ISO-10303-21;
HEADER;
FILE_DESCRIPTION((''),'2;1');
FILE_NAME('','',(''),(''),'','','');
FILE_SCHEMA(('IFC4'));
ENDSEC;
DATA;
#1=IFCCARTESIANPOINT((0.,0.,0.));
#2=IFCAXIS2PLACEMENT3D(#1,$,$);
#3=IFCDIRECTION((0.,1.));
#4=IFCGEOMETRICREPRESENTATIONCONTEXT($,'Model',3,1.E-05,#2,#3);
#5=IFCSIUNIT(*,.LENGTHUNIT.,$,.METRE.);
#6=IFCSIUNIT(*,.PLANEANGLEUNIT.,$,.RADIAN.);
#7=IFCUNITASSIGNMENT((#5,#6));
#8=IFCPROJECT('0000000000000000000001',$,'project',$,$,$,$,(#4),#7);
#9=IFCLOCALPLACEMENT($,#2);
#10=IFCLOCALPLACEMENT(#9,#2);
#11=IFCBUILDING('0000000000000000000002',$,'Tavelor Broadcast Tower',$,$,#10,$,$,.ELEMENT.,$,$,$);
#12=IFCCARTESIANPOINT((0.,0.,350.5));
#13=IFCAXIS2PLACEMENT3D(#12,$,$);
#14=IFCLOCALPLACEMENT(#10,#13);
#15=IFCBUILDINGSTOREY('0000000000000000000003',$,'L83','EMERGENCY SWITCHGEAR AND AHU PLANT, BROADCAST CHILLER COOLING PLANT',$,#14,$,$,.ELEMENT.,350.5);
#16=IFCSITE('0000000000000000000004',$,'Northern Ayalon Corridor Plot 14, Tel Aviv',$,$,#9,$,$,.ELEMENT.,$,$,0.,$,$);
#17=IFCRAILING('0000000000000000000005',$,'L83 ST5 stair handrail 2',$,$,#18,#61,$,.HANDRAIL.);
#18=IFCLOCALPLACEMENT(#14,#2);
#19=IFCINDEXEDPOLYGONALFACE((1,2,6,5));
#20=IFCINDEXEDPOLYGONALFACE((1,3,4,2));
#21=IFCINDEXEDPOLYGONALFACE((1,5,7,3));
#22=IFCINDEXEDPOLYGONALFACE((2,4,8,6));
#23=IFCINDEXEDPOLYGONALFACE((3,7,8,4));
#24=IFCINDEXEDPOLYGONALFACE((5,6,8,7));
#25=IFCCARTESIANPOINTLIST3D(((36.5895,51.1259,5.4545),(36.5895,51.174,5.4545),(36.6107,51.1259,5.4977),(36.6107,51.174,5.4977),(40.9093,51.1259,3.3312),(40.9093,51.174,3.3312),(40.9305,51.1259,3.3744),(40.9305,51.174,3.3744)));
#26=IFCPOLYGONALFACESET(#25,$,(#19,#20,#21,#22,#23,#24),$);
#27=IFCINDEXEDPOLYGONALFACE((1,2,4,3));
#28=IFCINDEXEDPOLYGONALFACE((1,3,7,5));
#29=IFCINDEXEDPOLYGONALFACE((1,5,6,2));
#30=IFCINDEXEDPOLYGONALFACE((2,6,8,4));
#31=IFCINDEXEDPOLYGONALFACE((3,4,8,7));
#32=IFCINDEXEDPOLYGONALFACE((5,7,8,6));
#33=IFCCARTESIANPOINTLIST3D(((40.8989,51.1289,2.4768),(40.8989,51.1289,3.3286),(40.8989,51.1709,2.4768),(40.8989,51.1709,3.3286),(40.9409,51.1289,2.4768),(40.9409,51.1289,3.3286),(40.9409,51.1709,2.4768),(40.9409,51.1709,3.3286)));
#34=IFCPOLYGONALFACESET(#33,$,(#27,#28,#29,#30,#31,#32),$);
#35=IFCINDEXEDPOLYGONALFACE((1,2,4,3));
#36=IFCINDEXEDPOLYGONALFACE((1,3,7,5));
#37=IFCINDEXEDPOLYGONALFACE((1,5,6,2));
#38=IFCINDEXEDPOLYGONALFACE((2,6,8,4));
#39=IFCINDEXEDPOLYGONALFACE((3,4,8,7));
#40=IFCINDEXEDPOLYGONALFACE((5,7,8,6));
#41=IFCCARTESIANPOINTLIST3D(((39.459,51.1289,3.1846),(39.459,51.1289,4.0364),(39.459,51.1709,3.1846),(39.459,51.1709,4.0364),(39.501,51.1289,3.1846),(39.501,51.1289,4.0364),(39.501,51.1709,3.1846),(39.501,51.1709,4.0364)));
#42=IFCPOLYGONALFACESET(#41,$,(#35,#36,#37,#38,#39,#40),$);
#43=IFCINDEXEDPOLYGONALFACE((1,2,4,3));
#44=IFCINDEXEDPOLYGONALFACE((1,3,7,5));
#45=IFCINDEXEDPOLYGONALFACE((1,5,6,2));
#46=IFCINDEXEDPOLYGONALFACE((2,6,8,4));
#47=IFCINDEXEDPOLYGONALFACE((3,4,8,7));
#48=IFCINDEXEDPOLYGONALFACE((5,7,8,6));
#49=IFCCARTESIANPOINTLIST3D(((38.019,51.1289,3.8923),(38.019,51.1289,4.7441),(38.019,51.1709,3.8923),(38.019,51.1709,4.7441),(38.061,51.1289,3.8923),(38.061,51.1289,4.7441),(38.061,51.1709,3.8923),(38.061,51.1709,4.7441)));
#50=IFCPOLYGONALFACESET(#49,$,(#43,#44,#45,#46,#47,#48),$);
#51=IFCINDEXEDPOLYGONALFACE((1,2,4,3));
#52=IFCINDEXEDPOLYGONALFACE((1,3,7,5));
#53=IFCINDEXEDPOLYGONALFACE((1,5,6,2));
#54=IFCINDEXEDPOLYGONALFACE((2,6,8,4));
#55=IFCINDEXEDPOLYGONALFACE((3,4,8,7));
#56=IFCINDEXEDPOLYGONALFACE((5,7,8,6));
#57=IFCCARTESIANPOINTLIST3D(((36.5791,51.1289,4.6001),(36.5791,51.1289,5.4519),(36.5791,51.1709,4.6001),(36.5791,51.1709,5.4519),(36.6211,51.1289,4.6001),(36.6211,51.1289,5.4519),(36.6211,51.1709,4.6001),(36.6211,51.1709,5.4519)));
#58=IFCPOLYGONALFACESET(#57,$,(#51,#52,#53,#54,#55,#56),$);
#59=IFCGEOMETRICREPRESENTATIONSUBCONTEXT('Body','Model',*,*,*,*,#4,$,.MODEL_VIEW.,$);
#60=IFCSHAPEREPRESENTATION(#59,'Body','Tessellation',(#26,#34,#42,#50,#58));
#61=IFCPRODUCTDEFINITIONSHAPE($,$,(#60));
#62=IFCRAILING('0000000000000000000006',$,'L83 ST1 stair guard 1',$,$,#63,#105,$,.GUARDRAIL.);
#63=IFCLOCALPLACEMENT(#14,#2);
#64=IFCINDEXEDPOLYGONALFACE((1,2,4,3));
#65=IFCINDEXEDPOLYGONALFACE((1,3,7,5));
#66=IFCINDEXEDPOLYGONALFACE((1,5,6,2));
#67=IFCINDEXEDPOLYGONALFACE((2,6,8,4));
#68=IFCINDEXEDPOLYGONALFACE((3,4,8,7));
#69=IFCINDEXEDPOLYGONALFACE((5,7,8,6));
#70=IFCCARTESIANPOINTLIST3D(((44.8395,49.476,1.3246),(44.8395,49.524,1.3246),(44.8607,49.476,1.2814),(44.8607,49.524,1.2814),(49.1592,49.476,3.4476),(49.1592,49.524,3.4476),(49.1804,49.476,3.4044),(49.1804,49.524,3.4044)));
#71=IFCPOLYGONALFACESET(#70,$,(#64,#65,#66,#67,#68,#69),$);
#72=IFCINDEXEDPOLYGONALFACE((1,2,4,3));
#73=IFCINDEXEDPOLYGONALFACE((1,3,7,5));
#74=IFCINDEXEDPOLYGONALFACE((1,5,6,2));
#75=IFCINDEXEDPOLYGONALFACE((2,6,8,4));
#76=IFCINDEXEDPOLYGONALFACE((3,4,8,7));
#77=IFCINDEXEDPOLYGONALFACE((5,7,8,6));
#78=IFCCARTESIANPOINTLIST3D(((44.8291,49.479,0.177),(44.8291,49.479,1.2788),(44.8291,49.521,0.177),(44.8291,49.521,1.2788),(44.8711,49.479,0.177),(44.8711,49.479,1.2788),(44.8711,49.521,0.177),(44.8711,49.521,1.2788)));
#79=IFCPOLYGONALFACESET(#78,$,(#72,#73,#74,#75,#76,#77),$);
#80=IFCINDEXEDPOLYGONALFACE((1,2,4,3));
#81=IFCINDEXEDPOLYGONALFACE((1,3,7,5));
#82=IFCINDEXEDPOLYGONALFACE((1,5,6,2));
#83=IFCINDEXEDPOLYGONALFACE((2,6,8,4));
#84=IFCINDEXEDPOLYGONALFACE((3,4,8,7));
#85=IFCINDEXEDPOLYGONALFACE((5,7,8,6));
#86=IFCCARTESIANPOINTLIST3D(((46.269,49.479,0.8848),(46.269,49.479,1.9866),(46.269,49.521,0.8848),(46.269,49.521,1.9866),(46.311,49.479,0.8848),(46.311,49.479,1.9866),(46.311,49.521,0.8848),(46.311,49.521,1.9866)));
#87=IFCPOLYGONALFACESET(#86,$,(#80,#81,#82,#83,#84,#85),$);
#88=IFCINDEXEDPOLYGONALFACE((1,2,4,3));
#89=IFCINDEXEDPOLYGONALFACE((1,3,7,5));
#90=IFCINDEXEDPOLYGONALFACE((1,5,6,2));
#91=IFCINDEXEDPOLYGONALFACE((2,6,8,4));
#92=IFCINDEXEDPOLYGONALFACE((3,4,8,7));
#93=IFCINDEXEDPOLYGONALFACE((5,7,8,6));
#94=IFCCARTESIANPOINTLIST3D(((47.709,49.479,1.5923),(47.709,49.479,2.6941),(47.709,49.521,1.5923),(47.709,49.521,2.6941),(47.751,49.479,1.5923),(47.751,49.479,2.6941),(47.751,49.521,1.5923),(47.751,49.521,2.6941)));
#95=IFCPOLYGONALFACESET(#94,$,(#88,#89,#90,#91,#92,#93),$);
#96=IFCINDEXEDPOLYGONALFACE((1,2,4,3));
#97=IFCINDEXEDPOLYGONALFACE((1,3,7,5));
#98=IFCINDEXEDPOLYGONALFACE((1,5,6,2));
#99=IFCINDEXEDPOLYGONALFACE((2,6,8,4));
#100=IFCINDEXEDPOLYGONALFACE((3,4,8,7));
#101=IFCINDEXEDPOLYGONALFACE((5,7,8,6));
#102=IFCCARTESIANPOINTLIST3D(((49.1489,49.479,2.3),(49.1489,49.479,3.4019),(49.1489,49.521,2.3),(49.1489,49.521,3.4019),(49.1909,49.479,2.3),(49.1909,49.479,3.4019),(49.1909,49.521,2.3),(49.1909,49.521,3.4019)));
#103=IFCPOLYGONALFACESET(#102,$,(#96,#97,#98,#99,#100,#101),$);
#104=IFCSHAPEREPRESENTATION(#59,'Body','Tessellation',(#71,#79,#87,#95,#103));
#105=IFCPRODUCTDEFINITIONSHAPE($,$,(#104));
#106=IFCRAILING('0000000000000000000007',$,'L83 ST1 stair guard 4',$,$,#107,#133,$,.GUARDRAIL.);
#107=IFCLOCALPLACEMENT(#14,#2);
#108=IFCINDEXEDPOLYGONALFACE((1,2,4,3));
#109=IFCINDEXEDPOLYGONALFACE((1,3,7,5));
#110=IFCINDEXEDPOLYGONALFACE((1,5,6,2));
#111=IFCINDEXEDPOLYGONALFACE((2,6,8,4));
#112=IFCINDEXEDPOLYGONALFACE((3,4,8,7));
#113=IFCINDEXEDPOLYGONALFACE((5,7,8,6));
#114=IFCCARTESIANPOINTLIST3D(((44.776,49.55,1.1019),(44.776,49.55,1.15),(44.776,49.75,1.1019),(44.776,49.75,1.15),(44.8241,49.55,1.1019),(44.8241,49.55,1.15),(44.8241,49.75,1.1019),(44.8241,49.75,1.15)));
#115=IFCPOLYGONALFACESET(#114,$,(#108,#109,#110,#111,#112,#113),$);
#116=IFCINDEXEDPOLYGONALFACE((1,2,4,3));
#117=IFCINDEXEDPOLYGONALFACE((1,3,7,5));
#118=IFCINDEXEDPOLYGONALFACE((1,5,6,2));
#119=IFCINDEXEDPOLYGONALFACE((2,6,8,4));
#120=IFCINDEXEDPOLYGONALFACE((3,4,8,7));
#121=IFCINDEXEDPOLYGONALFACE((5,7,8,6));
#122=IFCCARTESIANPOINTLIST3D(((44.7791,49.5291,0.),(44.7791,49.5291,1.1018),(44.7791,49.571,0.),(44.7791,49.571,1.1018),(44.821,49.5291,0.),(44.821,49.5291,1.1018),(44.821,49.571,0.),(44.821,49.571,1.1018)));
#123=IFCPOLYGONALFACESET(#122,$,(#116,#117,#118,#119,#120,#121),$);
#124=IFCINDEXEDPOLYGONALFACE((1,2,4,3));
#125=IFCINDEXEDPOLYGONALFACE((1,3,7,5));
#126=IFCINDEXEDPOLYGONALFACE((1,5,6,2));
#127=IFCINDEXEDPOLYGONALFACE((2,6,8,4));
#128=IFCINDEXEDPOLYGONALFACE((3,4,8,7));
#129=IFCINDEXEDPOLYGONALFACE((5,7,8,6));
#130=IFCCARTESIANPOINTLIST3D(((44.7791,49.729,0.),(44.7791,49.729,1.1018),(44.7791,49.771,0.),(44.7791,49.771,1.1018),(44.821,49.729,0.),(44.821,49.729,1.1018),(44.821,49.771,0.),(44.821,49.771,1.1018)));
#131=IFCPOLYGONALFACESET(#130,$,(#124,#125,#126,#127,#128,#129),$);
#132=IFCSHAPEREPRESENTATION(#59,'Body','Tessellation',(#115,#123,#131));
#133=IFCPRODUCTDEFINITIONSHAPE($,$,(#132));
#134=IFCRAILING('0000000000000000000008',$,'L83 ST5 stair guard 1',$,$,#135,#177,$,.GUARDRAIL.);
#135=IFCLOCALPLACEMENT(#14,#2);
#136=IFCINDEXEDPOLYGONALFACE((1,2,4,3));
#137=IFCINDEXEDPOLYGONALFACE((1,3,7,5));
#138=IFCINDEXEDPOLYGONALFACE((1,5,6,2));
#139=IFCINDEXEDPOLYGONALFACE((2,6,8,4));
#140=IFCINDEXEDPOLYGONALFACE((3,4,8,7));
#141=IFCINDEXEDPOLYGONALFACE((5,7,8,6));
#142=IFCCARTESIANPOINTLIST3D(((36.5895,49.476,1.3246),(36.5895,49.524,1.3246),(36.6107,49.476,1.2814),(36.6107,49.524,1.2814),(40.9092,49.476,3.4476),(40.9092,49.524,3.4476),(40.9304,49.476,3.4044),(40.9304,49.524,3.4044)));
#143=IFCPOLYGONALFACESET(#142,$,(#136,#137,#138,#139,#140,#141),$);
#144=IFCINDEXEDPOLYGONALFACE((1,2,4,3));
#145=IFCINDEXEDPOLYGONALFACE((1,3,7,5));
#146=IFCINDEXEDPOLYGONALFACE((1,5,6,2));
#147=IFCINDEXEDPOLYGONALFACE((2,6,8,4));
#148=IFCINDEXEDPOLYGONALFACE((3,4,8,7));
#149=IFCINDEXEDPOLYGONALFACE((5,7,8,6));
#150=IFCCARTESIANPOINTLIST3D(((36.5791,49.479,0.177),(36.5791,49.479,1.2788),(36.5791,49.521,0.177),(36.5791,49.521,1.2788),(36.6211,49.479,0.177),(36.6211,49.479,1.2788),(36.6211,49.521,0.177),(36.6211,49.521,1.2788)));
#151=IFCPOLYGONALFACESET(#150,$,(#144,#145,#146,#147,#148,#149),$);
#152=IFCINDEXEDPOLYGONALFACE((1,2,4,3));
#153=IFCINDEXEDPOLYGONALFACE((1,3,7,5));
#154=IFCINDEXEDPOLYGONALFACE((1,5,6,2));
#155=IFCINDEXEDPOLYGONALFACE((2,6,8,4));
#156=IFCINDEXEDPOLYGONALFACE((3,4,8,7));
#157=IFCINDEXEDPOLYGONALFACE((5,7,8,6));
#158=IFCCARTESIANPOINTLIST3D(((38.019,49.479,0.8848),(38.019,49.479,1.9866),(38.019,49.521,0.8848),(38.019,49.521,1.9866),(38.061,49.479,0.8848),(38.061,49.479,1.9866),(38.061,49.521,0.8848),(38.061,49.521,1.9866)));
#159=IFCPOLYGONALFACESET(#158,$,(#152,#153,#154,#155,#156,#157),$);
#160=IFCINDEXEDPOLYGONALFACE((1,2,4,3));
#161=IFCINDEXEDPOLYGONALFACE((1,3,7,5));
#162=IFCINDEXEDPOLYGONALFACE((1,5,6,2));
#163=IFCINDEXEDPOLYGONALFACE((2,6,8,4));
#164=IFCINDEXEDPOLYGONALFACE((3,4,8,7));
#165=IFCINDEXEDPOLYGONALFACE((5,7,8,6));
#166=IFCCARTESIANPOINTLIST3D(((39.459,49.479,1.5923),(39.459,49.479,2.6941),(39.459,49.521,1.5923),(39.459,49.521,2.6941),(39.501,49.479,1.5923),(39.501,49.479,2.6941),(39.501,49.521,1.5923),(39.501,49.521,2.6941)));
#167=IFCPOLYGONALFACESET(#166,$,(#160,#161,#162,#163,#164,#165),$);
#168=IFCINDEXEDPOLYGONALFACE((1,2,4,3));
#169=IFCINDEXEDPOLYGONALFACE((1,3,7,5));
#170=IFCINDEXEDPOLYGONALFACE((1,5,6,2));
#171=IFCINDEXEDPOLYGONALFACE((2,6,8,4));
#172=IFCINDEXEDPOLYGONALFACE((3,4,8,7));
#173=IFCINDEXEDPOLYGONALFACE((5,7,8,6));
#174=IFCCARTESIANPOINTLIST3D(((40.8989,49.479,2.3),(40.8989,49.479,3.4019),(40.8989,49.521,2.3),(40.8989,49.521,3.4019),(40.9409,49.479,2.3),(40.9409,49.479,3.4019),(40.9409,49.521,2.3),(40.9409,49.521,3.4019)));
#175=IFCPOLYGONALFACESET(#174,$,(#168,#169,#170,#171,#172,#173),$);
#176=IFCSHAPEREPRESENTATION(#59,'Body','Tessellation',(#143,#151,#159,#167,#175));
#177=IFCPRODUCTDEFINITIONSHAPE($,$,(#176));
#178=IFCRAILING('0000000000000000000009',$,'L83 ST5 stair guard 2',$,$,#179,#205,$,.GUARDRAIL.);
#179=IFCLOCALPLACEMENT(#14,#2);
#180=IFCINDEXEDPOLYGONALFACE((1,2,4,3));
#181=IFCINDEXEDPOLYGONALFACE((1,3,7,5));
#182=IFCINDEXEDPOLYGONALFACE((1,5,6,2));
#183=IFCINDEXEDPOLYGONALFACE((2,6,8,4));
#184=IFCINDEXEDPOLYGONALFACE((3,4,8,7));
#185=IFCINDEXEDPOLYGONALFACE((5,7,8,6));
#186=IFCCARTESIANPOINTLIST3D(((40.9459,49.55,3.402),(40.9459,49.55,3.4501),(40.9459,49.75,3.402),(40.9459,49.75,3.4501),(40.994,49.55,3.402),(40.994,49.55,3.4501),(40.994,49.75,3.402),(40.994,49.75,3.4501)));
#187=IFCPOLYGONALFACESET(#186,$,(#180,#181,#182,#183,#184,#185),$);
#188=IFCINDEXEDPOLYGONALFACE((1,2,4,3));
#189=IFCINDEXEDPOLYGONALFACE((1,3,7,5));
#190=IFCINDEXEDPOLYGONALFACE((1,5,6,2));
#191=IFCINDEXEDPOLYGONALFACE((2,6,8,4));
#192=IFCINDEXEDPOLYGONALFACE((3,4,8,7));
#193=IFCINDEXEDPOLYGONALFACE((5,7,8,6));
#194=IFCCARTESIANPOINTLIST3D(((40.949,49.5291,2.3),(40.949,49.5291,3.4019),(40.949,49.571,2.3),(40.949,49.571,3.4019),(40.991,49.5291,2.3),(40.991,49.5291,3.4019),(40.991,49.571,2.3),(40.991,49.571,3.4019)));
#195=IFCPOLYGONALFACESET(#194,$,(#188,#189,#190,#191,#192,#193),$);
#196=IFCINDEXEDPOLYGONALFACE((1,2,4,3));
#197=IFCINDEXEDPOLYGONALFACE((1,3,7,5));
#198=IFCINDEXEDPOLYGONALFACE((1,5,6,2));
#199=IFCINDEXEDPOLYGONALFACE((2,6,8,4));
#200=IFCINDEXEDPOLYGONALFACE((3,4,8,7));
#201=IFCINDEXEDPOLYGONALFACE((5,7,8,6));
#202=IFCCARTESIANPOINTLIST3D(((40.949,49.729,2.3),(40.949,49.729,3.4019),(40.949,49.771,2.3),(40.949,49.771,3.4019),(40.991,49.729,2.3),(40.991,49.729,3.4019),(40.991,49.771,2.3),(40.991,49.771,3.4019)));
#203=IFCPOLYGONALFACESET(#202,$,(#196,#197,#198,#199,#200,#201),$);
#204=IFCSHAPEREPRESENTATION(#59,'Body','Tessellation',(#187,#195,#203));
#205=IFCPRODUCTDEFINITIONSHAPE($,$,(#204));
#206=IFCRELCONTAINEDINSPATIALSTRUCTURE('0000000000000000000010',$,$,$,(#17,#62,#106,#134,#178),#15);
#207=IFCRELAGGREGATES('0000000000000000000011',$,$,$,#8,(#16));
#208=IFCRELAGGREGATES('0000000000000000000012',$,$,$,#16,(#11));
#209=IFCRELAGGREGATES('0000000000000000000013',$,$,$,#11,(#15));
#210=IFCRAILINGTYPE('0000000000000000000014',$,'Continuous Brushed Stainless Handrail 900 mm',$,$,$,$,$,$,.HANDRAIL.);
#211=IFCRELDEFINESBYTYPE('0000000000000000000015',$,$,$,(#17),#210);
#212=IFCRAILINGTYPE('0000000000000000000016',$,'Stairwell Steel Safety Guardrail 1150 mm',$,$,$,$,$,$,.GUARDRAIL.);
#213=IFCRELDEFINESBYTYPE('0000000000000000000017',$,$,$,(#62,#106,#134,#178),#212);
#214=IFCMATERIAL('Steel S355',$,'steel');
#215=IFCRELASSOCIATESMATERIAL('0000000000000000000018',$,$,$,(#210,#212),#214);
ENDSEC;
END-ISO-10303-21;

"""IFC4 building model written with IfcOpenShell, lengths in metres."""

from ifc_helpers import new_model, si_unit, direction, frame, origin, origin_2d, place, context, subcontext, project, spatial, rectangle, extrude, material, type_object, element, save


model = new_model("IFC4")

# Units and contexts
model_context = context("Model", 3, precision=1e-05, world=origin(), true_north=direction((0.0, 1.0)))
body_context = subcontext(model_context, "Body", "Model", "MODEL_VIEW")
ifc_project = project(units=[si_unit("LENGTHUNIT", "METRE"), si_unit("PLANEANGLEUNIT", "RADIAN")], contexts=[model_context])

# Site, building, storey
site_placement = place(None, origin())
site = spatial("IfcSite", under=ifc_project, at=site_placement, Name="Northern Ayalon Corridor Plot 14, Tel Aviv", CompositionType="ELEMENT", RefElevation=0.0)
building_placement = place(site_placement, origin())
building = spatial("IfcBuilding", under=site, at=building_placement, Name="Tavelor Broadcast Tower", CompositionType="ELEMENT")
storey_placement = place(building_placement, frame((0.0, 0.0, 350.5)))
storey = spatial("IfcBuildingStorey", under=building, at=storey_placement, Name="L83", Description="EMERGENCY SWITCHGEAR AND AHU PLANT, BROADCAST CHILLER COOLING PLANT", CompositionType="ELEMENT", Elevation=350.5)

# Shared definitions
ifc_material_1 = material(Name="Steel S355", Category="steel")

# Railings
railing_type_1 = type_object("IfcRailingType", Name="Continuous Brushed Stainless Handrail 900 mm", PredefinedType="HANDRAIL", material=ifc_material_1)
railing_1_placement = place(storey_placement, frame((40.9199, 51.1499, 2.4768)))
element("IfcRailing", 1, at=railing_1_placement, inside=storey, type_object=railing_type_1, Name="L83 ST5 stair handrail 2", PredefinedType="HANDRAIL", context=body_context, shape_type="SweptSolid", body=[
    extrude(rectangle(XDim=0.0481, YDim=0.0481, at=origin_2d()), frame((0.0, 0.0, 0.876), z_axis=(-0.89745, 0.0, 0.441117), x_axis=(0.0, -1.0, 0.0)), (0.0, 0.0, 1.0), 4.8135),
    extrude(rectangle(XDim=0.042, YDim=0.042, at=origin_2d()), origin(), (0.0, 0.0, 1.0), 0.8518),
    extrude(rectangle(XDim=0.042, YDim=0.042, at=origin_2d()), frame((-1.4399, 0.0, 0.7078)), (0.0, 0.0, 1.0), 0.8518),
    extrude(rectangle(XDim=0.042, YDim=0.042, at=origin_2d()), frame((-2.8799, 0.0, 1.4155)), (0.0, 0.0, 1.0), 0.8518),
    extrude(rectangle(XDim=0.042, YDim=0.042, at=origin_2d()), frame((-4.3198, 0.0, 2.1233)), (0.0, 0.0, 1.0), 0.8518),
])
railing_type_2 = type_object("IfcRailingType", Name="Stairwell Steel Safety Guardrail 1150 mm", PredefinedType="GUARDRAIL", material=ifc_material_1)
railing_2_placement = place(storey_placement, frame((44.8501, 49.5, 0.177)))
element("IfcRailing", 2, at=railing_2_placement, inside=storey, type_object=railing_type_2, Name="L83 ST1 stair guard 1", PredefinedType="GUARDRAIL", context=body_context, shape_type="SweptSolid", body=[
    extrude(rectangle(XDim=0.0481, YDim=0.0481, at=origin_2d()), frame((0.0, 0.0, 1.126), z_axis=(0.89747, 0.0, 0.441076), x_axis=(0.0, 1.0, 0.0)), (0.0, 0.0, 1.0), 4.8132),
    extrude(rectangle(XDim=0.042, YDim=0.042, at=origin_2d()), origin(), (0.0, 0.0, 1.0), 1.1018),
    extrude(rectangle(XDim=0.042, YDim=0.042, at=origin_2d()), frame((1.4399, 0.0, 0.7078)), (0.0, 0.0, 1.0), 1.1018),
    extrude(rectangle(XDim=0.042, YDim=0.042, at=origin_2d()), frame((2.8799, 0.0, 1.4153)), (0.0, 0.0, 1.0), 1.1018),
    extrude(rectangle(XDim=0.042, YDim=0.042, at=origin_2d()), frame((4.3198, 0.0, 2.123)), (0.0, 0.0, 1.0), 1.1018),
])
railing_3_placement = place(storey_placement, frame((44.8, 49.55, 0.0)))
element("IfcRailing", 3, at=railing_3_placement, inside=storey, type_object=railing_type_2, Name="L83 ST1 stair guard 4", PredefinedType="GUARDRAIL", context=body_context, shape_type="SweptSolid", body=[
    extrude(rectangle(XDim=0.0481, YDim=0.0481, at=origin_2d()), frame((0.0, 0.0, 1.126), z_axis=(0.0, 1.0, 0.0), x_axis=(-1.0, 0.0, 0.0)), (0.0, 0.0, 1.0), 0.2),
    extrude(rectangle(XDim=0.042, YDim=0.042, at=origin_2d()), origin(), (0.0, 0.0, 1.0), 1.1018),
    extrude(rectangle(XDim=0.042, YDim=0.042, at=origin_2d()), frame((0.0, 0.2, 0.0)), (0.0, 0.0, 1.0), 1.1018),
])
railing_4_placement = place(storey_placement, frame((36.6001, 49.5, 0.177)))
element("IfcRailing", 4, at=railing_4_placement, inside=storey, type_object=railing_type_2, Name="L83 ST5 stair guard 1", PredefinedType="GUARDRAIL", context=body_context, shape_type="SweptSolid", body=[
    extrude(rectangle(XDim=0.0481, YDim=0.0481, at=origin_2d()), frame((0.0, 0.0, 1.126), z_axis=(0.89747, 0.0, 0.441076), x_axis=(0.0, 1.0, 0.0)), (0.0, 0.0, 1.0), 4.8132),
    extrude(rectangle(XDim=0.042, YDim=0.042, at=origin_2d()), origin(), (0.0, 0.0, 1.0), 1.1018),
    extrude(rectangle(XDim=0.042, YDim=0.042, at=origin_2d()), frame((1.4399, 0.0, 0.7078)), (0.0, 0.0, 1.0), 1.1018),
    extrude(rectangle(XDim=0.042, YDim=0.042, at=origin_2d()), frame((2.8799, 0.0, 1.4153)), (0.0, 0.0, 1.0), 1.1018),
    extrude(rectangle(XDim=0.042, YDim=0.042, at=origin_2d()), frame((4.3198, 0.0, 2.123)), (0.0, 0.0, 1.0), 1.1018),
])
railing_5_placement = place(storey_placement, frame((40.97, 49.55, 2.3)))
element("IfcRailing", 5, at=railing_5_placement, inside=storey, type_object=railing_type_2, Name="L83 ST5 stair guard 2", PredefinedType="GUARDRAIL", context=body_context, shape_type="SweptSolid", body=[
    extrude(rectangle(XDim=0.0481, YDim=0.0481, at=origin_2d()), frame((0.0, 0.0, 1.126), z_axis=(0.0, 1.0, 0.0), x_axis=(-1.0, 0.0, 0.0)), (0.0, 0.0, 1.0), 0.2),
    extrude(rectangle(XDim=0.042, YDim=0.042, at=origin_2d()), origin(), (0.0, 0.0, 1.0), 1.1018),
    extrude(rectangle(XDim=0.042, YDim=0.042, at=origin_2d()), frame((0.0, 0.2, 0.0)), (0.0, 0.0, 1.0), 1.1018),
])

save(model, "model.ifc")
